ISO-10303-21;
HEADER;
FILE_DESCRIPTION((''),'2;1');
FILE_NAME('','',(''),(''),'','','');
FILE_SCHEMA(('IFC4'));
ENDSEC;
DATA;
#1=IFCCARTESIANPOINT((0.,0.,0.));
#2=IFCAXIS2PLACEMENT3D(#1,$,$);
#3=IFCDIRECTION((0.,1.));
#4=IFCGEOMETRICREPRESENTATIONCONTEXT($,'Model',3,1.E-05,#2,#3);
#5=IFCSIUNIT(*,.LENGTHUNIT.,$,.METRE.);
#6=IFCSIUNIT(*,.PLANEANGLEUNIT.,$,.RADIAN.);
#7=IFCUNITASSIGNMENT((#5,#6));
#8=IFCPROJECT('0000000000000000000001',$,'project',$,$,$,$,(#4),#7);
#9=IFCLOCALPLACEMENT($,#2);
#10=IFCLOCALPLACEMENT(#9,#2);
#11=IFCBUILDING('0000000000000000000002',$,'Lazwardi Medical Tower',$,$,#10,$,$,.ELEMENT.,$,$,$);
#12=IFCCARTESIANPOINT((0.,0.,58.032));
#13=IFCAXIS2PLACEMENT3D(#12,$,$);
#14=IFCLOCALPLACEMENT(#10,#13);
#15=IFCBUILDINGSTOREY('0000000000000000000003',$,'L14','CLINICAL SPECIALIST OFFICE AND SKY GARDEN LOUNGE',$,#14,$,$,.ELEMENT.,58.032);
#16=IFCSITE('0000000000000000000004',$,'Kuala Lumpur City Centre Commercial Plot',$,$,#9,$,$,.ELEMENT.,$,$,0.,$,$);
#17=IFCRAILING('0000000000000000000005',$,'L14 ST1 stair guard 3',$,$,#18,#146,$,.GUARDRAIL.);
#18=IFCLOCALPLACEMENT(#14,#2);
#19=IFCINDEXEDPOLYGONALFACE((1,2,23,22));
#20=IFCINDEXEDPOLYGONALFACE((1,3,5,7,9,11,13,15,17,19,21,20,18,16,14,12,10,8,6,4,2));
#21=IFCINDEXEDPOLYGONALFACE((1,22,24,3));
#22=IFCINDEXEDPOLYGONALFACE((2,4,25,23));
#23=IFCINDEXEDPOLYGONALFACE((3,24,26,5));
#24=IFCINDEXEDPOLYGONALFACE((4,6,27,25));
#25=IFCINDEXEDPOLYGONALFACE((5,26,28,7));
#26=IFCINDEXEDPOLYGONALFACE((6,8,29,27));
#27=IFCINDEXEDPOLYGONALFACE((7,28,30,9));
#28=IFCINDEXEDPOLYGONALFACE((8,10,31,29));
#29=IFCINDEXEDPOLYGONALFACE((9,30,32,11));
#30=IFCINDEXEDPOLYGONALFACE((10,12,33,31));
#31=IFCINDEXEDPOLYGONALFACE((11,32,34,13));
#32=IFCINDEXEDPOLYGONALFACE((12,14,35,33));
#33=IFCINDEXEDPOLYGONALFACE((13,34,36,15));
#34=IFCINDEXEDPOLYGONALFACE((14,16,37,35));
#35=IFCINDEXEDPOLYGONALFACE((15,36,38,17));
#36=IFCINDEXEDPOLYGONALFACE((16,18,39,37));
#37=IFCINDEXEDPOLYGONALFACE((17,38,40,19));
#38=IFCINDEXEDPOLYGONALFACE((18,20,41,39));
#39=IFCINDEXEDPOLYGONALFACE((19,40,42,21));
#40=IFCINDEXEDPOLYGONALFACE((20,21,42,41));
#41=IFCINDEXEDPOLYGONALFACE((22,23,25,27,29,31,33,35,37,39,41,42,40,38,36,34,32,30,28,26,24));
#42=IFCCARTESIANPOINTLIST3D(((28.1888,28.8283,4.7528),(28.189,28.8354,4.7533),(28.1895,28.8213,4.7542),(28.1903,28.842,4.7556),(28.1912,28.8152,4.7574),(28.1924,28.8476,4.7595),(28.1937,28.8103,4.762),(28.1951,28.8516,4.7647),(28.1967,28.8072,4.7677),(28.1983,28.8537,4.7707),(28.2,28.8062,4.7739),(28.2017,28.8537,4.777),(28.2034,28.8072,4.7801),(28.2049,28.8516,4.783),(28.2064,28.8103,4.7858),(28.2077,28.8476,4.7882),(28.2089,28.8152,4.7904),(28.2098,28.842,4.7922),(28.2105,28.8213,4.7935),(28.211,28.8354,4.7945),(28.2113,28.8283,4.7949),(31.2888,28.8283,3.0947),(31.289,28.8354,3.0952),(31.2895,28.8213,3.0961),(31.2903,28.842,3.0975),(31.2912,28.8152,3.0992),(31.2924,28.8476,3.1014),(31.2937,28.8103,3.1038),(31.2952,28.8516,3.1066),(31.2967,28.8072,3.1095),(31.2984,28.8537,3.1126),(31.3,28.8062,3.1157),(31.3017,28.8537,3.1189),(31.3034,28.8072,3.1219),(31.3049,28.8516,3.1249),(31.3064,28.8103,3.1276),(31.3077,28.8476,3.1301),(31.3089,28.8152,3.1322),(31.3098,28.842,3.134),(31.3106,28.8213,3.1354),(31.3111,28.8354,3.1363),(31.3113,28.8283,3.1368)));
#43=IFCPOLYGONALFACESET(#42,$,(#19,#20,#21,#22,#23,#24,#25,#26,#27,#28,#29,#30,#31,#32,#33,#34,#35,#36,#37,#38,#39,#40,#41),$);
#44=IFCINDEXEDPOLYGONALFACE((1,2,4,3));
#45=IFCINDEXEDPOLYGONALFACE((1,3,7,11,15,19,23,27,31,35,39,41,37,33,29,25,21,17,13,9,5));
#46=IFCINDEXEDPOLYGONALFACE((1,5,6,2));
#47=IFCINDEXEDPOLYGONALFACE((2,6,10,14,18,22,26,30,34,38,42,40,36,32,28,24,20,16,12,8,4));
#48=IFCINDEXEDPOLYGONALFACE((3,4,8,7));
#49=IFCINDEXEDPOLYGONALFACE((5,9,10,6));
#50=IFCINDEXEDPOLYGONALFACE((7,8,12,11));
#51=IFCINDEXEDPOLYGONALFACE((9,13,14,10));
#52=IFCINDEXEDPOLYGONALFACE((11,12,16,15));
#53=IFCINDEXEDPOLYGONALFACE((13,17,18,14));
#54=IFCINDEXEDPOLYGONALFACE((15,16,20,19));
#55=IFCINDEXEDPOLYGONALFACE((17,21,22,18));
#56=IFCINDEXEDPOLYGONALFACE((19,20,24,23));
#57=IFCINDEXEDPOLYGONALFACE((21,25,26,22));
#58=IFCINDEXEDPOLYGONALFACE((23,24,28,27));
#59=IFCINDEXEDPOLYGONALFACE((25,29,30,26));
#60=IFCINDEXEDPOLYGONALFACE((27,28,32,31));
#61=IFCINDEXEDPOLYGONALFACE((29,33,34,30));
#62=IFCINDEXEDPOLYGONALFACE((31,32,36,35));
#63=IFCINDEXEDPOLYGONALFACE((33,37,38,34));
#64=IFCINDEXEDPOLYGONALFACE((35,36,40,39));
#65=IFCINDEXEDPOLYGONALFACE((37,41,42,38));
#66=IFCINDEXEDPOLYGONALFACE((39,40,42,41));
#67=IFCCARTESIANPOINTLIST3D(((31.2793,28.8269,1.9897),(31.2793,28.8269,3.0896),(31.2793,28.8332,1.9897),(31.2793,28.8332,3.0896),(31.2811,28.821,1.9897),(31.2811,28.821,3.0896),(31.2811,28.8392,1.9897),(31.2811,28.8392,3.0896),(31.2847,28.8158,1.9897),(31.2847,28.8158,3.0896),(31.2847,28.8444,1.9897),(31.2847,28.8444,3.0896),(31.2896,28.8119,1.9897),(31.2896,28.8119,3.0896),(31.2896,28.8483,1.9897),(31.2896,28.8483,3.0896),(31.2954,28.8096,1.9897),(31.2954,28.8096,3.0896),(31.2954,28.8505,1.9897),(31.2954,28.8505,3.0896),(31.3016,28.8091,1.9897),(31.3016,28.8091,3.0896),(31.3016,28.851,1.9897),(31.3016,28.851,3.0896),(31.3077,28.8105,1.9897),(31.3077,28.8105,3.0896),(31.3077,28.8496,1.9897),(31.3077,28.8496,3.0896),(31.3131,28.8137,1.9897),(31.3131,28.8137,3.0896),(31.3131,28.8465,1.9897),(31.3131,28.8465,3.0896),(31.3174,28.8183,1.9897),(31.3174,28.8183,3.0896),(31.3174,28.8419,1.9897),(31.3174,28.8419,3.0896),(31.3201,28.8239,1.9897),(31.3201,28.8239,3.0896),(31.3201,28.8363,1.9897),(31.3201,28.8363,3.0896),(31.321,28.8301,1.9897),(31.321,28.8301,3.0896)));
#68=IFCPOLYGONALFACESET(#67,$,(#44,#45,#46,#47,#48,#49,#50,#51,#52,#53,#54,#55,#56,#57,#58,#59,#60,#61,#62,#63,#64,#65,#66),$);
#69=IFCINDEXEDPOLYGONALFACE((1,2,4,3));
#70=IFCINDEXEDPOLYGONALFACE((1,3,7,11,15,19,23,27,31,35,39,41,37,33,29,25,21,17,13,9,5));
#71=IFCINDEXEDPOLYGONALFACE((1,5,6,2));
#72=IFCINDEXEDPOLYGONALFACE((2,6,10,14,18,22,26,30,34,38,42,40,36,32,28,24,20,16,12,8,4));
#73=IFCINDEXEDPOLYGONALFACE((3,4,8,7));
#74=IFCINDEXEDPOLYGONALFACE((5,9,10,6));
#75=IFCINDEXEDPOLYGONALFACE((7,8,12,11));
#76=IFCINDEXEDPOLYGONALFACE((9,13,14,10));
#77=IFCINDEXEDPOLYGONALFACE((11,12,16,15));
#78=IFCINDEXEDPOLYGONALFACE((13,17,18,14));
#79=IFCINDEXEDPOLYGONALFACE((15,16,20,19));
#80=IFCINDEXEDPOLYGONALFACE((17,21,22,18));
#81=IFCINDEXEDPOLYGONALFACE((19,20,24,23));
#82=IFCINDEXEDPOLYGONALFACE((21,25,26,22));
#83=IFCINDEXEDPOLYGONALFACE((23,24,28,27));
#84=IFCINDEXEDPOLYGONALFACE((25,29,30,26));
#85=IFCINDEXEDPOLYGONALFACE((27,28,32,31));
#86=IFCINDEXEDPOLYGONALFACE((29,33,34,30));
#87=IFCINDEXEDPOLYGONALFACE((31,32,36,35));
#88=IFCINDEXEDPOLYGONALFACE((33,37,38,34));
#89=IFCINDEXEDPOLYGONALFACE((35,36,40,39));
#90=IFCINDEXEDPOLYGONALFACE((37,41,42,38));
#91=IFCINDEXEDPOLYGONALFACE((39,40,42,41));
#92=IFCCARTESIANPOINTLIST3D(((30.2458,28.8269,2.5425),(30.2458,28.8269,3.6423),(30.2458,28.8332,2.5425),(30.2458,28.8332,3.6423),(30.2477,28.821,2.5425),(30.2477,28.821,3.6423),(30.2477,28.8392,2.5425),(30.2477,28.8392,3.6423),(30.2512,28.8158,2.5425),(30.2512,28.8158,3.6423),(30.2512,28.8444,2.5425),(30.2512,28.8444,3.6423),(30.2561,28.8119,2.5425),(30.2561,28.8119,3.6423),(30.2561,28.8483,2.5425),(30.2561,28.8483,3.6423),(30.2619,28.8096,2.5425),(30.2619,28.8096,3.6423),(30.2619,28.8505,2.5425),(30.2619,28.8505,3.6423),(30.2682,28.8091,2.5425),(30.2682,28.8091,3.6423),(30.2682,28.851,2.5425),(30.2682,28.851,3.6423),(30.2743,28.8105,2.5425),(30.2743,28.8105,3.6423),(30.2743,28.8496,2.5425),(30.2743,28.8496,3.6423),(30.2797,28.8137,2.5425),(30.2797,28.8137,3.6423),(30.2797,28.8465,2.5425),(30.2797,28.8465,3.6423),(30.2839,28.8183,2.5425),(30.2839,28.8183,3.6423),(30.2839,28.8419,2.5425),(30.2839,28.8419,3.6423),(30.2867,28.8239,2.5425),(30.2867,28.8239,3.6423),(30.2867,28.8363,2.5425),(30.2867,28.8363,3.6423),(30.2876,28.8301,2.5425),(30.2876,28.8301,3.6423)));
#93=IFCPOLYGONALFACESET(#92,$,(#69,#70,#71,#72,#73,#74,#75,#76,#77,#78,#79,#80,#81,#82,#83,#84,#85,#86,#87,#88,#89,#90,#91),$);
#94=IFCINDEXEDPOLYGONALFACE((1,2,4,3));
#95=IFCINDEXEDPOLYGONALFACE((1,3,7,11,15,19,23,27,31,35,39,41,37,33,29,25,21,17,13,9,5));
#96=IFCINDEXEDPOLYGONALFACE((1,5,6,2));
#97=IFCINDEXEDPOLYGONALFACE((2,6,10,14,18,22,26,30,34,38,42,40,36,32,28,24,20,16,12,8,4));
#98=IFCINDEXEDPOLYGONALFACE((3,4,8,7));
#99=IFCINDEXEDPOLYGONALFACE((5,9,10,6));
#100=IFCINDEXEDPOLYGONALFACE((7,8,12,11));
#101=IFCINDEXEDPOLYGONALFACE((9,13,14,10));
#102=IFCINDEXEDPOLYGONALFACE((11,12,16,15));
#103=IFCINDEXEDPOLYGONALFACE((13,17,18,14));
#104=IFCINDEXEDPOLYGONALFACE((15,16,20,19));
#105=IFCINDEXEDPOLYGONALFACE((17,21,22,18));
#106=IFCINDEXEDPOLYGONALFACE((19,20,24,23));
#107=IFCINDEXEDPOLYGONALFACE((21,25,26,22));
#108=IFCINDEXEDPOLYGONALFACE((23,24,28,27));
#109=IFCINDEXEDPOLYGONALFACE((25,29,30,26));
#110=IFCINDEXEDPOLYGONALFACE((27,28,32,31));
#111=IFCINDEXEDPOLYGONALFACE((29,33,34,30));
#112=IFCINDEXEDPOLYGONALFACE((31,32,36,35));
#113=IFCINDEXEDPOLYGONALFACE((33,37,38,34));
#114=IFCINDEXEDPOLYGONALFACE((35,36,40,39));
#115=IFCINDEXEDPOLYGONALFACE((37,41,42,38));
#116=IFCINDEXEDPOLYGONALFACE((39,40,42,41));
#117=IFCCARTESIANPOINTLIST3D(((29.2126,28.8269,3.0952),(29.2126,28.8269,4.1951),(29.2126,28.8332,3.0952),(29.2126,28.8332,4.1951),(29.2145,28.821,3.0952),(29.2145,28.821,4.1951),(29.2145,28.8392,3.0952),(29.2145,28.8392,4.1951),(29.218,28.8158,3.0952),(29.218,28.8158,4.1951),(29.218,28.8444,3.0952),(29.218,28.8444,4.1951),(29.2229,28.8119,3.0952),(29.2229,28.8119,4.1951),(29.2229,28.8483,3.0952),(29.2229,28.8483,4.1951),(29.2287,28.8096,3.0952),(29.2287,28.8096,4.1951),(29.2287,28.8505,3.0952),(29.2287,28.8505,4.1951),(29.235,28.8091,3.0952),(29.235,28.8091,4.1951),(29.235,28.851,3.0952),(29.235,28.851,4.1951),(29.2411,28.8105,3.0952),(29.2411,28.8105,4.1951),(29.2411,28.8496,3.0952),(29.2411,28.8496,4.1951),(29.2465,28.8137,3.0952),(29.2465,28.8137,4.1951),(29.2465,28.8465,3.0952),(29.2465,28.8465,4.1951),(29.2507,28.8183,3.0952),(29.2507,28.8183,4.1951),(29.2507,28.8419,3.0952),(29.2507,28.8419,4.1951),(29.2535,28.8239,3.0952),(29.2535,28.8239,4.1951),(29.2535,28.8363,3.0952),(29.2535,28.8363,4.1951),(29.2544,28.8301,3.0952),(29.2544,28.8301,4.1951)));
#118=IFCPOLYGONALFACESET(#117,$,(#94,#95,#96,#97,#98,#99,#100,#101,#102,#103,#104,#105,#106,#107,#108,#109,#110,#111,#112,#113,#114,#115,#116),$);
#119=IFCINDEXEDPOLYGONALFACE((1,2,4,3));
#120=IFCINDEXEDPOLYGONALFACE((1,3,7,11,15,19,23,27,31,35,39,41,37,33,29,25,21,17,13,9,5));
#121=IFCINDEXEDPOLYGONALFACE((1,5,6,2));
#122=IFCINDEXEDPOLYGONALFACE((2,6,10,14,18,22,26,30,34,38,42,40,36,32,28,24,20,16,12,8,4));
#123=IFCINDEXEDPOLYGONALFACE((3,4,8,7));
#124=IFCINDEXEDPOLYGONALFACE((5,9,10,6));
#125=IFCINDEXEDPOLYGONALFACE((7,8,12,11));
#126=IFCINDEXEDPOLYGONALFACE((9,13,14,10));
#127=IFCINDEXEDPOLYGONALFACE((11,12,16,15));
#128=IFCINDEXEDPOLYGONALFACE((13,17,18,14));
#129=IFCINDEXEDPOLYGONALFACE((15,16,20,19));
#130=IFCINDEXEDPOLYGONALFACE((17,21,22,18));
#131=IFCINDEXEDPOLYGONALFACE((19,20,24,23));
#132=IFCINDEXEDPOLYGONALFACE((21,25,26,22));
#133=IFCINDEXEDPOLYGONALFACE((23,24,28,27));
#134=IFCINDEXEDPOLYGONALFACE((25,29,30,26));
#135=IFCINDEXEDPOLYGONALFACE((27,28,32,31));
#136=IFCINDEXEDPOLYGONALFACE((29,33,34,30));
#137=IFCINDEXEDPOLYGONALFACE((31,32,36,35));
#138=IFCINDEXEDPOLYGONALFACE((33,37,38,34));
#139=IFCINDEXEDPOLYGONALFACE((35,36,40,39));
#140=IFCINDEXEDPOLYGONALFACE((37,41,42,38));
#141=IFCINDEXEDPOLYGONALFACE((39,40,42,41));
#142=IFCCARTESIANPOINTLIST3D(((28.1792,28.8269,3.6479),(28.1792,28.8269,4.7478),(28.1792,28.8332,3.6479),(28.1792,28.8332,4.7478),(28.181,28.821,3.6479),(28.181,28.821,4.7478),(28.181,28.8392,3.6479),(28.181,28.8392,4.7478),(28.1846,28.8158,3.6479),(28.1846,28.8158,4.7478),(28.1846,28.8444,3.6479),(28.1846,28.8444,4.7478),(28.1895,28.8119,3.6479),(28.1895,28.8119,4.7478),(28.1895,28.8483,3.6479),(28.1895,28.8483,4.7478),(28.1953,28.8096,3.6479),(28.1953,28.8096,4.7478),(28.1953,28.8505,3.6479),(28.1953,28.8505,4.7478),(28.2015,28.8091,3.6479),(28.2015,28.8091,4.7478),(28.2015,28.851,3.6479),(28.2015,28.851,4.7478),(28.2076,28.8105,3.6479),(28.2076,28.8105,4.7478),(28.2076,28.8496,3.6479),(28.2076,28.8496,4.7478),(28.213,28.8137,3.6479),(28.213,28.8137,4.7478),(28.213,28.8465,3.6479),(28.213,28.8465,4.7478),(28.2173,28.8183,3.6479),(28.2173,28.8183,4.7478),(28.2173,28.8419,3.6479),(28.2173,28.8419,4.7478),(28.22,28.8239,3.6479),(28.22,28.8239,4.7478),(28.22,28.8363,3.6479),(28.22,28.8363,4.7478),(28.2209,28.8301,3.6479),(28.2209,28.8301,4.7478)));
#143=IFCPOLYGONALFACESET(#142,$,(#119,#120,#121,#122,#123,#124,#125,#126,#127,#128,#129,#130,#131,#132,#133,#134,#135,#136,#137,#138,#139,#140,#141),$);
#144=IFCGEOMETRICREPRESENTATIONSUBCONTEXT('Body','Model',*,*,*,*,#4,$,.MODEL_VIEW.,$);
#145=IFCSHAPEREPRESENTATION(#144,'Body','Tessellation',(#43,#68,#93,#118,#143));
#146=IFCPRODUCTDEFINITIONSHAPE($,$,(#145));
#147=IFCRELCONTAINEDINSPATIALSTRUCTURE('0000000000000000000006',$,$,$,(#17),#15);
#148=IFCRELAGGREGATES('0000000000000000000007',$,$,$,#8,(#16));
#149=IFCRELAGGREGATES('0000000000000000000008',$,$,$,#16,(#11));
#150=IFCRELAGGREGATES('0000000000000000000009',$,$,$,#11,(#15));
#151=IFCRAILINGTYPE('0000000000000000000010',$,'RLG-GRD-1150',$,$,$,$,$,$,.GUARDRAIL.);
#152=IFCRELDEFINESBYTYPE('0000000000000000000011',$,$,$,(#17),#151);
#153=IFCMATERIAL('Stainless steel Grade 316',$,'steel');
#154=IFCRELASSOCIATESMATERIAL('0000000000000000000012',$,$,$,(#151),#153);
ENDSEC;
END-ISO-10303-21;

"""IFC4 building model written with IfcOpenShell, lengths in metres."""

from ifc_helpers import new_model, si_unit, direction, frame, origin, origin_2d, place, context, subcontext, project, spatial, circle, extrude, material, type_object, element, save


model = new_model("IFC4")

# Units and contexts
model_context = context("Model", 3, precision=1e-05, world=origin(), true_north=direction((0.0, 1.0)))
body_context = subcontext(model_context, "Body", "Model", "MODEL_VIEW")
ifc_project = project(units=[si_unit("LENGTHUNIT", "METRE"), si_unit("PLANEANGLEUNIT", "RADIAN")], contexts=[model_context])

# Site, building, storey
site_placement = place(None, origin())
site = spatial("IfcSite", under=ifc_project, at=site_placement, Name="Kuala Lumpur City Centre Commercial Plot", CompositionType="ELEMENT", RefElevation=0.0)
building_placement = place(site_placement, origin())
building = spatial("IfcBuilding", under=site, at=building_placement, Name="Lazwardi Medical Tower", CompositionType="ELEMENT")
storey_placement = place(building_placement, frame((0.0, 0.0, 58.032)))
storey = spatial("IfcBuildingStorey", under=building, at=storey_placement, Name="L14", Description="CLINICAL SPECIALIST OFFICE AND SKY GARDEN LOUNGE", CompositionType="ELEMENT", Elevation=58.032)

# Railing
ifc_material_1 = material(Name="Stainless steel Grade 316", Category="steel")
railing_type_1 = type_object("IfcRailingType", Name="RLG-GRD-1150", PredefinedType="GUARDRAIL", material=ifc_material_1)
railing_1_placement = place(storey_placement, frame((31.3, 28.8301, 1.9897)))
element("IfcRailing", 1, at=railing_1_placement, inside=storey, type_object=railing_type_1, Name="L14 ST1 stair guard 3", PredefinedType="GUARDRAIL", context=body_context, shape_type="SweptSolid", body=[
    extrude(circle(Radius=0.0239, at=origin_2d()), frame((0.0, 0.0, 1.126), z_axis=(-0.881783, 0.0, 0.471655), x_axis=(0.0, -1.0, 0.0)), (0.0, 0.0, 1.0), 3.5156),
    extrude(circle(Radius=0.021, at=origin_2d()), origin(), (0.0, 0.0, 1.0), 1.0999),
    extrude(circle(Radius=0.021, at=origin_2d()), frame((-1.0334, 0.0, 0.5527)), (0.0, 0.0, 1.0), 1.0999),
    extrude(circle(Radius=0.021, at=origin_2d()), frame((-2.0667, 0.0, 1.1055)), (0.0, 0.0, 1.0), 1.0999),
    extrude(circle(Radius=0.021, at=origin_2d()), frame((-3.1001, 0.0, 1.6582)), (0.0, 0.0, 1.0), 1.0999),
])

save(model, "model.ifc")
